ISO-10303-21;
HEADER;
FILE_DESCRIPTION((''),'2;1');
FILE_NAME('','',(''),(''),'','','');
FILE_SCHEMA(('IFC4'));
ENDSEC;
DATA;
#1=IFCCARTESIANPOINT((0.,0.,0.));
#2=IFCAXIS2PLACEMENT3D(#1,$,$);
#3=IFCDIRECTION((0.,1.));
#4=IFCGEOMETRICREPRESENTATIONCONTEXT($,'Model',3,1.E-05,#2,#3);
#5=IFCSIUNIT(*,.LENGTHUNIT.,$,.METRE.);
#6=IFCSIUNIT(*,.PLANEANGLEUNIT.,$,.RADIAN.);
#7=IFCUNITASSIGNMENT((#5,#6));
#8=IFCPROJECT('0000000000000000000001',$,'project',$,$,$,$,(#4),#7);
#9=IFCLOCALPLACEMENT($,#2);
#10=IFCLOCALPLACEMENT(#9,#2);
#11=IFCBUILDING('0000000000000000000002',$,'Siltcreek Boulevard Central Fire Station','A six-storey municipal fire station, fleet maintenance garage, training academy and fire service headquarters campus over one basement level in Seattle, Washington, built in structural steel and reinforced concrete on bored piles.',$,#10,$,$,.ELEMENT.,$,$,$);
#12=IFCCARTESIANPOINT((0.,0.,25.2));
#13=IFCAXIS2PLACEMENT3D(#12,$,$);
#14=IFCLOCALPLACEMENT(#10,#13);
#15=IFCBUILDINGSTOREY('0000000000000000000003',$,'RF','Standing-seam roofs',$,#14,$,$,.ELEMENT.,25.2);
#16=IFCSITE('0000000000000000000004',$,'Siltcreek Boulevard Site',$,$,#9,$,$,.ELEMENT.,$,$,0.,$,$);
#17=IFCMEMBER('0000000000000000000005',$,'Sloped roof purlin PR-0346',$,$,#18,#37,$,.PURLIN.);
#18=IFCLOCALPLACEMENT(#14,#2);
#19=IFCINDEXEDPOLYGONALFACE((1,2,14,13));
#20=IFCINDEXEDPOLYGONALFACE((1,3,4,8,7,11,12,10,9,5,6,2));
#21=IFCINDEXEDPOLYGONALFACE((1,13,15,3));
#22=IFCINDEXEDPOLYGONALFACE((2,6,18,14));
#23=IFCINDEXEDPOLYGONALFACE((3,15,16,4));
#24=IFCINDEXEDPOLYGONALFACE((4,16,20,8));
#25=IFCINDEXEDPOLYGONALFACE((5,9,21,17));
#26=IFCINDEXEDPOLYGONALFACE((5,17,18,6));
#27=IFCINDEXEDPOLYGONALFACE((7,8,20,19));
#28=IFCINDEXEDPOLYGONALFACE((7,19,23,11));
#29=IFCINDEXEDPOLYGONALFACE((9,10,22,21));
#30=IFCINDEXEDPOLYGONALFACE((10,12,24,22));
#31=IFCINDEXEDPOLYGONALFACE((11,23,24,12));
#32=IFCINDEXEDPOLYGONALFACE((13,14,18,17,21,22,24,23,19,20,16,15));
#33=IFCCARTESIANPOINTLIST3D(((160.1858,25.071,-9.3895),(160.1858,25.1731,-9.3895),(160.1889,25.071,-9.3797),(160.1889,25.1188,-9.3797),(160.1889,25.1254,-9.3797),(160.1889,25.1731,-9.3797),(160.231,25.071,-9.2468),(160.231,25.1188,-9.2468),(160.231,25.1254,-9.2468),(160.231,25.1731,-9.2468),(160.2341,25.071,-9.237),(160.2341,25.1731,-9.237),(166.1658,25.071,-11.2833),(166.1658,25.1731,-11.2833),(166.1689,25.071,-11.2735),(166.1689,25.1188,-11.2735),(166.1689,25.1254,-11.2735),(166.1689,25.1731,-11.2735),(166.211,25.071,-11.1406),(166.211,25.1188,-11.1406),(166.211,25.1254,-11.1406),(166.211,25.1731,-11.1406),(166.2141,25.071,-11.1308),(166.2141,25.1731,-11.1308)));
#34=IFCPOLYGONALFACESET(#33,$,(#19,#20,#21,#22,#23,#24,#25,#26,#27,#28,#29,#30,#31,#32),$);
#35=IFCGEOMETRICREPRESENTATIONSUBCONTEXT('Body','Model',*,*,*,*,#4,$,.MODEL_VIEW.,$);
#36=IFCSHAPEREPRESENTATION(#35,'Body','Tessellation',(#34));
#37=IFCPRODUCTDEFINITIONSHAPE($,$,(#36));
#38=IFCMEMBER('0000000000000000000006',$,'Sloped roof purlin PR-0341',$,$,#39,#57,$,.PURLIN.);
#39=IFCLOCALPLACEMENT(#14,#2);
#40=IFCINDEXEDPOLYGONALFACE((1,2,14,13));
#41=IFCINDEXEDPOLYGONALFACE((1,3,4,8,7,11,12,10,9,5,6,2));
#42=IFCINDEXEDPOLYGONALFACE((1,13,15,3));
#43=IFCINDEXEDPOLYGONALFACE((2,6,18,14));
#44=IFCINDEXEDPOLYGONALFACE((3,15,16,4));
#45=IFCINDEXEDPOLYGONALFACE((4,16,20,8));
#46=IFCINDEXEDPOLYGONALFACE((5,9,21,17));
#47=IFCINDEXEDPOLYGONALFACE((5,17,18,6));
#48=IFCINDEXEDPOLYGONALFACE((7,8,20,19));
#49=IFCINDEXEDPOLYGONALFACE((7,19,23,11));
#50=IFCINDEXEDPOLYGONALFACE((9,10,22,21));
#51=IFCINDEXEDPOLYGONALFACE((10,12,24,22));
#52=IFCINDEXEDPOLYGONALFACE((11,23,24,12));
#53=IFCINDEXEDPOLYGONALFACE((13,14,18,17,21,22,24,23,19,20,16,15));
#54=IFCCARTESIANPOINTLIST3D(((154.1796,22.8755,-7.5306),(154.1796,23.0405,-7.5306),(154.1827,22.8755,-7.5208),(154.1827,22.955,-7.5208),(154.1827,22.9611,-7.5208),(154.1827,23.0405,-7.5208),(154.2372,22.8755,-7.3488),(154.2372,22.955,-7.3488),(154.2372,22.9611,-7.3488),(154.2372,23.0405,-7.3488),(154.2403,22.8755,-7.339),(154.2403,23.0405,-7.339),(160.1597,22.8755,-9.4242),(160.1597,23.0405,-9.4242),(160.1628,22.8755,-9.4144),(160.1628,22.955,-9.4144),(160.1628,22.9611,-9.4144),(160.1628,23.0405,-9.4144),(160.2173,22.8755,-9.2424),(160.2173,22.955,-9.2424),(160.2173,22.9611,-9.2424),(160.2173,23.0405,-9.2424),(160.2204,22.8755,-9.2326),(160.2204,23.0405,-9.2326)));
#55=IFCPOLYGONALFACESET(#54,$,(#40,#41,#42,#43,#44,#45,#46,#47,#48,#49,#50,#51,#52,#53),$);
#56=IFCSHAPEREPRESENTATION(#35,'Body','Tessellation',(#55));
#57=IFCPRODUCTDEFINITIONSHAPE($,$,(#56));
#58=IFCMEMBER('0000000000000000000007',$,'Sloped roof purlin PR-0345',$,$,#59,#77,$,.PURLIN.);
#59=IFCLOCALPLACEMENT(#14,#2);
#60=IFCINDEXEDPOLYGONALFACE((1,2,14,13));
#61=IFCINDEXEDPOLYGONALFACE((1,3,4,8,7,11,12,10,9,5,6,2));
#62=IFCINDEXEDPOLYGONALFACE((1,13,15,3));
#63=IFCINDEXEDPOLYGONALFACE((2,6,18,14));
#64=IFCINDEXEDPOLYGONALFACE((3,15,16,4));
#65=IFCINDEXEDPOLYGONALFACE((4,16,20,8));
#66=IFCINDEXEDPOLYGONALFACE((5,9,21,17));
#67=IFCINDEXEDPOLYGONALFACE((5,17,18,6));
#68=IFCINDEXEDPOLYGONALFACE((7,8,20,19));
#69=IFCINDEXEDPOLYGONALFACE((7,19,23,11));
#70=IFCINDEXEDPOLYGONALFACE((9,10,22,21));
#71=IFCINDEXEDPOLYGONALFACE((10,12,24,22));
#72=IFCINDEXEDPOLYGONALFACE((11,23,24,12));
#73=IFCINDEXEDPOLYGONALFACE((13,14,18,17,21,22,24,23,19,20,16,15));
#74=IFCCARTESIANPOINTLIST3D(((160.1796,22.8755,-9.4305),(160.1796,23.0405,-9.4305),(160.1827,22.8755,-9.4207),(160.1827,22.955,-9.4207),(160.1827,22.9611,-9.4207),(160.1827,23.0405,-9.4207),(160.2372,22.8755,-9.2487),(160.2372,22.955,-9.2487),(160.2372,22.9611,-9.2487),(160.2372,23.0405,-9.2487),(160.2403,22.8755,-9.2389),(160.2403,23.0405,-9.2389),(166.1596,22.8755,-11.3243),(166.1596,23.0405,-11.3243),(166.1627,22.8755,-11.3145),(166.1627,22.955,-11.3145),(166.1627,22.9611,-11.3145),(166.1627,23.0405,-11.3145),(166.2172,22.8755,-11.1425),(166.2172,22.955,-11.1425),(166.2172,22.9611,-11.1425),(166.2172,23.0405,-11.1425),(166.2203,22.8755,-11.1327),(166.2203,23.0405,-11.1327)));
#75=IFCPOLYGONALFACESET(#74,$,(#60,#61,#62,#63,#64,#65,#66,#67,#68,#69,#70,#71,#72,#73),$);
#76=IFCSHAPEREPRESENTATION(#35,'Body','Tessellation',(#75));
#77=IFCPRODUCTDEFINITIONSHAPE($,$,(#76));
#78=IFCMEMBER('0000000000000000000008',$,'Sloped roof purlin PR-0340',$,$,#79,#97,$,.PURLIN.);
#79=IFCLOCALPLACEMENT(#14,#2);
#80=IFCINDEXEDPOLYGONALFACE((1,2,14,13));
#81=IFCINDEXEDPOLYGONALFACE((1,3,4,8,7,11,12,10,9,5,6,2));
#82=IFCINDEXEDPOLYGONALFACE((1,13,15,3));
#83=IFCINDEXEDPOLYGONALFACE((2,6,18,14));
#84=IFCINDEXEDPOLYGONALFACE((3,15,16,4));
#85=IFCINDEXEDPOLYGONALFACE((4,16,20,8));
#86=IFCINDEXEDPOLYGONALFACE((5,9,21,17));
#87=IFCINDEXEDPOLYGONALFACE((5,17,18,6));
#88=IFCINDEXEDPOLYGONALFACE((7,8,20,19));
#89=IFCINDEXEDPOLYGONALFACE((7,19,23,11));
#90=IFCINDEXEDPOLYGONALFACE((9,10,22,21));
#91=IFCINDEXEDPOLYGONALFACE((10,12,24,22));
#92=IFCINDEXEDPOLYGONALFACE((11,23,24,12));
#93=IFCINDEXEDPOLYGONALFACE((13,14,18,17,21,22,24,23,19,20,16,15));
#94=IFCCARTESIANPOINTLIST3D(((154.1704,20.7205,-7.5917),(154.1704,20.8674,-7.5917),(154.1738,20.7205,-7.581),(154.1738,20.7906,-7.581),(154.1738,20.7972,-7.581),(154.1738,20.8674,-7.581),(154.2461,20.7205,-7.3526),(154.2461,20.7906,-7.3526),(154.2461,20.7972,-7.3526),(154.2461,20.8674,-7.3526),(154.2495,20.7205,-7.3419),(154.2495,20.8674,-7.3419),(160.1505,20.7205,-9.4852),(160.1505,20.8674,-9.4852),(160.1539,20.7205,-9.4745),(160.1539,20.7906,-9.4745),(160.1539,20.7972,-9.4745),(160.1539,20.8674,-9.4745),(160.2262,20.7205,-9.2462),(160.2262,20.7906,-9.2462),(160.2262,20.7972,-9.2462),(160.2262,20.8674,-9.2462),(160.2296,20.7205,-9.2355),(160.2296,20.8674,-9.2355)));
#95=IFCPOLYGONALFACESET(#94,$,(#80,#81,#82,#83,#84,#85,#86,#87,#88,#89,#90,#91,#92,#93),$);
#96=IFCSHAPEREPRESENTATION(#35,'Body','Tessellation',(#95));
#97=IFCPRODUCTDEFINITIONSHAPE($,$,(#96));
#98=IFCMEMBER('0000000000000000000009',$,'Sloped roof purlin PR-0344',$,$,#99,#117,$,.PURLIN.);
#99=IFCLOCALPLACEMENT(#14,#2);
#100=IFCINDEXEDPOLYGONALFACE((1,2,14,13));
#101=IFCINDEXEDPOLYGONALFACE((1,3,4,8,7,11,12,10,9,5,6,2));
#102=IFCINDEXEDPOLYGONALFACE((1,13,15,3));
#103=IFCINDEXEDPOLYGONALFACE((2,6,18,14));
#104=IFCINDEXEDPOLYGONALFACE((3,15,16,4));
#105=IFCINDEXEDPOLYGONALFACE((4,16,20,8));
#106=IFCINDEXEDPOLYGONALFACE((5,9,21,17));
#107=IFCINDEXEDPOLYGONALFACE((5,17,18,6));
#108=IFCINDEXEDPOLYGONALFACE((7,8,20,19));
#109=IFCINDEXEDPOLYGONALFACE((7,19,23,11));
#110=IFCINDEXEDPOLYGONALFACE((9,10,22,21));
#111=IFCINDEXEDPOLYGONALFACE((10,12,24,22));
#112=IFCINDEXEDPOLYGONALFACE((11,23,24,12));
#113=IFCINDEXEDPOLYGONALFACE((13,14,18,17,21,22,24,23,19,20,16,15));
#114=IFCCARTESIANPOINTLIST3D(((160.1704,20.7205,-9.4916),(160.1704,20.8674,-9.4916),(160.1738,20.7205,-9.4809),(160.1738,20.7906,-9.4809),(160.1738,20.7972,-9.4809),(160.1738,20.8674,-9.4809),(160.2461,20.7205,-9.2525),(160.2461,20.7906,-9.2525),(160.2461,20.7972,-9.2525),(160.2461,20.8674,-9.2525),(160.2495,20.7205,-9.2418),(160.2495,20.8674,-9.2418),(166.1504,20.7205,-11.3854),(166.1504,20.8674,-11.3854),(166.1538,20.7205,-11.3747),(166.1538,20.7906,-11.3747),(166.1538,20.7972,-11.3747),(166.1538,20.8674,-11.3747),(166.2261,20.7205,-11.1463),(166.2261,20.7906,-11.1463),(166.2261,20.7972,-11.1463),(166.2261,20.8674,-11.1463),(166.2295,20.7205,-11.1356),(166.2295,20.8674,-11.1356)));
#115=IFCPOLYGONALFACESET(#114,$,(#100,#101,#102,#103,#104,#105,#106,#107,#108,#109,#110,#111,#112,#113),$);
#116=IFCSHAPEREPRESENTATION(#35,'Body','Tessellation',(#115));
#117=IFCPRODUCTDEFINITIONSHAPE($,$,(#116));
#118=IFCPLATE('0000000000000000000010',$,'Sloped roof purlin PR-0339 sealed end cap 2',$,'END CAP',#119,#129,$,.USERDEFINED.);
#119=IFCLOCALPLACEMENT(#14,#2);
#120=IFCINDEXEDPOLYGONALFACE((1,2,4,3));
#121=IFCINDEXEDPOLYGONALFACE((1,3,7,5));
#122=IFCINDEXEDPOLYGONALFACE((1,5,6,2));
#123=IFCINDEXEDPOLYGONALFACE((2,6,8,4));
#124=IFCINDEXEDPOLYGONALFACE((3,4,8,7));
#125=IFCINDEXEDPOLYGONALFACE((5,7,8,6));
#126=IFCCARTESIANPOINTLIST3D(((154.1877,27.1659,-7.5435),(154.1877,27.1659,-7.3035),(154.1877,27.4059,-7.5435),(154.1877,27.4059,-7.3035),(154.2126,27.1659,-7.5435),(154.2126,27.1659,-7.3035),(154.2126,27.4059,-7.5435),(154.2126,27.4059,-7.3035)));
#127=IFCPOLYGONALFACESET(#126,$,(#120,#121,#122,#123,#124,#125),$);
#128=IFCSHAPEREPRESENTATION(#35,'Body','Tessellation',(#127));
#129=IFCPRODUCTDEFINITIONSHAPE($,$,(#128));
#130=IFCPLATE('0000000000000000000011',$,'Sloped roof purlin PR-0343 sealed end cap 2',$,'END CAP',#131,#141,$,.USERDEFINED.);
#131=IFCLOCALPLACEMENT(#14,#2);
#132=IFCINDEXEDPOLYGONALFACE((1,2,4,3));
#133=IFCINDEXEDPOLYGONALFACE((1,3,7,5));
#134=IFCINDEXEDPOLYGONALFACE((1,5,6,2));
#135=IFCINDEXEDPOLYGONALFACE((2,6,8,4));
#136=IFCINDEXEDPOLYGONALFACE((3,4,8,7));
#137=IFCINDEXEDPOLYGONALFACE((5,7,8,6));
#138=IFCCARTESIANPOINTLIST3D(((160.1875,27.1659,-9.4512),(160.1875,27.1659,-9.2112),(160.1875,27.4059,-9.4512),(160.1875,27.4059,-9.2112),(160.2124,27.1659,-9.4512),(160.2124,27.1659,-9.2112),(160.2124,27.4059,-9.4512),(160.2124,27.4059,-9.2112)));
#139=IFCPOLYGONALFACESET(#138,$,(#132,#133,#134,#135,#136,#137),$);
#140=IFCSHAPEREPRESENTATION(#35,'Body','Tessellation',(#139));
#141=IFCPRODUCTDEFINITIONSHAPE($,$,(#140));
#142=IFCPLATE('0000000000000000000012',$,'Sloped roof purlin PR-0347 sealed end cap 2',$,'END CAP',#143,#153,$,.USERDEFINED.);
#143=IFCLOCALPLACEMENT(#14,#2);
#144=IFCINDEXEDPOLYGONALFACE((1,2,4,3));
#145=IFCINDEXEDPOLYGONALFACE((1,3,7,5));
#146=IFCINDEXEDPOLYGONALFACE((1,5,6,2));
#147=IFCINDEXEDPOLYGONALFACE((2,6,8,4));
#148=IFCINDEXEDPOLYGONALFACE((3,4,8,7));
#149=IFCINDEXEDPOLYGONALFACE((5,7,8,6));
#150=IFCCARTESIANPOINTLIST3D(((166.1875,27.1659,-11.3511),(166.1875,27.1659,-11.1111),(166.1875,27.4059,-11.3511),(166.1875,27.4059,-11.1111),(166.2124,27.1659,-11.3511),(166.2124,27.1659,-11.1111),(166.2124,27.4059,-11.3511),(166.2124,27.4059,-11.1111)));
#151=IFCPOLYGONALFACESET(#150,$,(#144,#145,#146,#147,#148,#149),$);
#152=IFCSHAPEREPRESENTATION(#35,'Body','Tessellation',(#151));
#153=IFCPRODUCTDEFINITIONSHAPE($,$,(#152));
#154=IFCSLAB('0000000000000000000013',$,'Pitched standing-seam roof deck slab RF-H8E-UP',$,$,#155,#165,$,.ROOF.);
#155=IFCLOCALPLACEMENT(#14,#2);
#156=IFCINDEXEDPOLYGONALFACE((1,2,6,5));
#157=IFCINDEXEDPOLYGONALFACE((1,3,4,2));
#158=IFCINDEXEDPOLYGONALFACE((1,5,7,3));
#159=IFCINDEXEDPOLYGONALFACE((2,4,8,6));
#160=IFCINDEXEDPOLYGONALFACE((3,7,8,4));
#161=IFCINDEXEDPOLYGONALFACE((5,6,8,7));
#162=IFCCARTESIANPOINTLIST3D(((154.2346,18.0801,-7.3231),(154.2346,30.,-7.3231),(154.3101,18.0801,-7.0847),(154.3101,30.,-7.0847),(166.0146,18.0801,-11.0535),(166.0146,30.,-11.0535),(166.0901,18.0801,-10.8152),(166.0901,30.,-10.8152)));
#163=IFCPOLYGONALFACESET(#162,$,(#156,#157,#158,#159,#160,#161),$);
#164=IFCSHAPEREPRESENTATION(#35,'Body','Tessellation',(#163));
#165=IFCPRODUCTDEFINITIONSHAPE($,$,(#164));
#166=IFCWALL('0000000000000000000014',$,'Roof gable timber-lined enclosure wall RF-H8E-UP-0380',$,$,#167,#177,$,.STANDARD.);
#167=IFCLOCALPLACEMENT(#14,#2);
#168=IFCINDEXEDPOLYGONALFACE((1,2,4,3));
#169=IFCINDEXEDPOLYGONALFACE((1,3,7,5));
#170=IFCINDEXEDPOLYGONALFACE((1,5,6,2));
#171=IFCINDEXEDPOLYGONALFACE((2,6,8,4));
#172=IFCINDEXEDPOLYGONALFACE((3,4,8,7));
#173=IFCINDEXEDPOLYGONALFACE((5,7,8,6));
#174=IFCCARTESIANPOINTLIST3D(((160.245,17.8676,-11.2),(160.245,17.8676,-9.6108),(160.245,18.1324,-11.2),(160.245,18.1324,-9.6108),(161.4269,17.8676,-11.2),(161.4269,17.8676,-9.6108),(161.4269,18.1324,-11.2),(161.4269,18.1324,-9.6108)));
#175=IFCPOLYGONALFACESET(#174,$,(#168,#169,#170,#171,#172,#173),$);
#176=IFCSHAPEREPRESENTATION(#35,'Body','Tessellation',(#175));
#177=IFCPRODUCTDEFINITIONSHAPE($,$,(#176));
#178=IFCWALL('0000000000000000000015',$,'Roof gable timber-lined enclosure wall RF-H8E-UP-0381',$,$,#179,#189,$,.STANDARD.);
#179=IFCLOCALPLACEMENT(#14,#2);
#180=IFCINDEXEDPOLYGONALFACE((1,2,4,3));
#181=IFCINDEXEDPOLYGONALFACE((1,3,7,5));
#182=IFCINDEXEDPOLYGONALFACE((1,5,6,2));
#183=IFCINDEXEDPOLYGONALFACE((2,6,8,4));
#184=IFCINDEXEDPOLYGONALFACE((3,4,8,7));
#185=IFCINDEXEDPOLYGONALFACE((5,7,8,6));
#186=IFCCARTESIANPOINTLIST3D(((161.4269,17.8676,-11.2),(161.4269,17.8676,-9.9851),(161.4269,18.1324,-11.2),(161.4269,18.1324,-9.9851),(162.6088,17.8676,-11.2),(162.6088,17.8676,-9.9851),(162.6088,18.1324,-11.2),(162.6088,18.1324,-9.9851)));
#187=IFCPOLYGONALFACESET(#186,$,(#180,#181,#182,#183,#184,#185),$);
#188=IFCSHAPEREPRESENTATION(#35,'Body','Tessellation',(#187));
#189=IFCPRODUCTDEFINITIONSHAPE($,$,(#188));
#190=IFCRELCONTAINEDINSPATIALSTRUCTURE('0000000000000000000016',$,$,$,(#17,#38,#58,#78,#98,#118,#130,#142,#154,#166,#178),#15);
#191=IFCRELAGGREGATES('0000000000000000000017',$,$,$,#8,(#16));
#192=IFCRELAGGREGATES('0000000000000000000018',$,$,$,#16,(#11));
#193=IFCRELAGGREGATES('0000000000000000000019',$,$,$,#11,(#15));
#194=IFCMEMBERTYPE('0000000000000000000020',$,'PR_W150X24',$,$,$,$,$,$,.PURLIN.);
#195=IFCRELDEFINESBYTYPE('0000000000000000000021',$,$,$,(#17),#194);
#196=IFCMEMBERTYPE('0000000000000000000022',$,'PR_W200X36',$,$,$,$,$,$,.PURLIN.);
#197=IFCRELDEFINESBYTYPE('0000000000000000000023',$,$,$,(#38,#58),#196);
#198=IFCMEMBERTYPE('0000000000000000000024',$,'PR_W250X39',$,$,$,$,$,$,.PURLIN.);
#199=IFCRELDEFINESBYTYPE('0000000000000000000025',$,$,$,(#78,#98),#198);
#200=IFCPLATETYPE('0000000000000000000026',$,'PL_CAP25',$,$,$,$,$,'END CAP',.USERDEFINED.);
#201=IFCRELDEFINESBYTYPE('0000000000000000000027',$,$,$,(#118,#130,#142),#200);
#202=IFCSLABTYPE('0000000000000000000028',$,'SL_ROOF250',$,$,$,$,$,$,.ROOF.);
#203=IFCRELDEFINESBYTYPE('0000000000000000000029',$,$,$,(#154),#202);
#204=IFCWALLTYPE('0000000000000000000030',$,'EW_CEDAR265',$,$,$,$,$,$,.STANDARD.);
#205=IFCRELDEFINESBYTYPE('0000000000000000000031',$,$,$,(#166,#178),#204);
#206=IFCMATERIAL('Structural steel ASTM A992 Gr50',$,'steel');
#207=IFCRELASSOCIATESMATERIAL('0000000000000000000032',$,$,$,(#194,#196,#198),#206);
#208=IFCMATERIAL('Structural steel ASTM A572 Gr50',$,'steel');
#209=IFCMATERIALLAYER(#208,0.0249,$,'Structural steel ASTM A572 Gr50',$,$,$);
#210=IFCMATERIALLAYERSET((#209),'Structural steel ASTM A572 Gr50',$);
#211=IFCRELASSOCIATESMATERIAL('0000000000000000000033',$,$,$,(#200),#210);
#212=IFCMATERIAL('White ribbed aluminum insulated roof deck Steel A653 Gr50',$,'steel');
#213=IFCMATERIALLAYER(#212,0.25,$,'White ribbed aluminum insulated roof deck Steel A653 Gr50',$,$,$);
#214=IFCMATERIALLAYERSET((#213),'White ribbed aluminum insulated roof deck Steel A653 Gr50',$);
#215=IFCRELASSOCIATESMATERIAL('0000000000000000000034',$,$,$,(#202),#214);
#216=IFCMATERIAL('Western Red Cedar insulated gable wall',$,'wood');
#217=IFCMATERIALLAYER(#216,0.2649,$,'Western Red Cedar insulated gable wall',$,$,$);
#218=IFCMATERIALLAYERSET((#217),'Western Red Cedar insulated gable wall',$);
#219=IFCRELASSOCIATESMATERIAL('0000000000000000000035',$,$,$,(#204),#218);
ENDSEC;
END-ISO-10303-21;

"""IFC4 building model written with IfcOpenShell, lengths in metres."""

from ifc_helpers import new_model, si_unit, direction, frame, frame_2d, origin, origin_2d, place, context, subcontext, project, spatial, polyline, rectangle, i_section, outline, extrude, material, layer, layer_set, material_profile, profile_set, type_object, element, save


model = new_model("IFC4")

# Units and contexts
model_context = context("Model", 3, precision=1e-05, world=origin(), true_north=direction((0.0, 1.0)))
body_context = subcontext(model_context, "Body", "Model", "MODEL_VIEW")
ifc_project = project(units=[si_unit("LENGTHUNIT", "METRE"), si_unit("PLANEANGLEUNIT", "RADIAN")], contexts=[model_context])

# Site, building, storey
site_placement = place(None, origin())
site = spatial("IfcSite", under=ifc_project, at=site_placement, Name="Siltcreek Boulevard Site", CompositionType="ELEMENT", RefElevation=0.0)
building_placement = place(site_placement, origin())
building = spatial("IfcBuilding", under=site, at=building_placement, Name="Siltcreek Boulevard Central Fire Station", Description="A six-storey municipal fire station, fleet maintenance garage, training academy and fire service headquarters campus over one basement level in Seattle, Washington, built in structural steel and reinforced concrete on bored piles.", CompositionType="ELEMENT")
storey_placement = place(building_placement, frame((0.0, 0.0, 25.2)))
storey = spatial("IfcBuildingStorey", under=building, at=storey_placement, Name="RF", Description="Standing-seam roofs", CompositionType="ELEMENT", Elevation=25.2)

# Shared definitions
ifc_material_1 = material(Name="Structural steel ASTM A992 Gr50", Category="steel")

# Members
ifc_material_profile_1 = material_profile(ifc_material_1, i_section(OverallWidth=0.1021, OverallDepth=0.1599, WebThickness=0.0066, FlangeThickness=0.0103, at=origin_2d()), Name="W150X24")
ifc_profile_set_1 = profile_set([ifc_material_profile_1], Name="Structural steel ASTM A992 Gr50")
member_type_1 = type_object("IfcMemberType", Name="PR_W150X24", PredefinedType="PURLIN", material=ifc_profile_set_1)
for number, where, z_axis, x_axis, name in (
    (1, (160.21, 25.1221, -9.3132), (0.953336, 0.0, -0.301912), (0.0, 1.0, 0.0), "Sloped roof purlin PR-0346"),
):
    element("IfcMember", number, at=place(storey_placement, frame(where, z_axis=z_axis, x_axis=x_axis)), inside=storey, type_object=member_type_1, Name=name, PredefinedType="PURLIN", context=body_context, shape_type="SweptSolid", body=[
        extrude(i_section(OverallWidth=0.1021, OverallDepth=0.1599, WebThickness=0.0066, FlangeThickness=0.0103, at=origin_2d()), origin(), (0.0, 0.0, 1.0), 6.2727),
    ])
ifc_material_profile_2 = material_profile(ifc_material_1, i_section(OverallWidth=0.165, OverallDepth=0.2009, WebThickness=0.0061, FlangeThickness=0.0103, at=origin_2d()), Name="W200X36")
ifc_profile_set_2 = profile_set([ifc_material_profile_2], Name="Structural steel ASTM A992 Gr50")
member_type_2 = type_object("IfcMemberType", Name="PR_W200X36", PredefinedType="PURLIN", material=ifc_profile_set_2)
for number, where, z_axis, x_axis, name in (
    (2, (154.21, 22.958, -7.4348), (0.953347, 0.0, -0.301876), (0.0, 1.0, 0.0), "Sloped roof purlin PR-0341"),
    (3, (160.21, 22.958, -9.3347), (0.953336, 0.0, -0.301912), (0.0, 1.0, 0.0), "Sloped roof purlin PR-0345"),
):
    element("IfcMember", number, at=place(storey_placement, frame(where, z_axis=z_axis, x_axis=x_axis)), inside=storey, type_object=member_type_2, Name=name, PredefinedType="PURLIN", context=body_context, shape_type="SweptSolid", body=[
        extrude(i_section(OverallWidth=0.165, OverallDepth=0.2009, WebThickness=0.0061, FlangeThickness=0.0103, at=origin_2d()), origin(), (0.0, 0.0, 1.0), 6.2727),
    ])
ifc_material_profile_3 = material_profile(ifc_material_1, i_section(OverallWidth=0.147, OverallDepth=0.262, WebThickness=0.0066, FlangeThickness=0.0112, at=origin_2d()), Name="W250X39")
ifc_profile_set_3 = profile_set([ifc_material_profile_3], Name="Structural steel ASTM A992 Gr50")
member_type_3 = type_object("IfcMemberType", Name="PR_W250X39", PredefinedType="PURLIN", material=ifc_profile_set_3)
for number, where, z_axis, x_axis, name in (
    (4, (154.21, 20.7939, -7.4668), (0.953347, 0.0, -0.301876), (0.0, 1.0, 0.0), "Sloped roof purlin PR-0340"),
    (5, (160.21, 20.7939, -9.3667), (0.953336, 0.0, -0.301912), (0.0, 1.0, 0.0), "Sloped roof purlin PR-0344"),
):
    element("IfcMember", number, at=place(storey_placement, frame(where, z_axis=z_axis, x_axis=x_axis)), inside=storey, type_object=member_type_3, Name=name, PredefinedType="PURLIN", context=body_context, shape_type="SweptSolid", body=[
        extrude(i_section(OverallWidth=0.147, OverallDepth=0.262, WebThickness=0.0066, FlangeThickness=0.0112, at=origin_2d()), origin(), (0.0, 0.0, 1.0), 6.2727),
    ])

# Plates
ifc_material_2 = material(Name="Structural steel ASTM A572 Gr50", Category="steel")
ifc_layer_1 = layer(ifc_material_2, 0.0249, Name="Structural steel ASTM A572 Gr50")
ifc_layer_set_1 = layer_set([ifc_layer_1], Name="Structural steel ASTM A572 Gr50")
plate_type = type_object("IfcPlateType", Name="PL_CAP25", ElementType="END CAP", PredefinedType="USERDEFINED", material=ifc_layer_set_1)
for number, where, z_axis, x_axis, name in (
    (6, (154.2002, 27.2859, -7.5435), (0.0, 0.0, 1.0), (1.0, 0.0, 0.0), "Sloped roof purlin PR-0339 sealed end cap 2"),
    (7, (160.2, 27.2859, -9.4512), (0.0, 0.0, 1.0), (1.0, 0.0, 0.0), "Sloped roof purlin PR-0343 sealed end cap 2"),
    (8, (166.2, 27.2859, -11.3511), (0.0, 0.0, 1.0), (1.0, 0.0, 0.0), "Sloped roof purlin PR-0347 sealed end cap 2"),
):
    element("IfcPlate", number, at=place(storey_placement, frame(where, z_axis=z_axis, x_axis=x_axis)), inside=storey, type_object=plate_type, Name=name, ObjectType="END CAP", PredefinedType="USERDEFINED", context=body_context, shape_type="SweptSolid", body=[
        extrude(rectangle(XDim=0.0249, YDim=0.24, at=origin_2d()), origin(), (0.0, 0.0, 1.0), 0.24),
    ])

# Slab
ifc_material_3 = material(Name="White ribbed aluminum insulated roof deck Steel A653 Gr50", Category="steel")
ifc_layer_2 = layer(ifc_material_3, 0.25, Name="White ribbed aluminum insulated roof deck Steel A653 Gr50")
ifc_layer_set_2 = layer_set([ifc_layer_2], Name="White ribbed aluminum insulated roof deck Steel A653 Gr50")
slab_type = type_object("IfcSlabType", Name="SL_ROOF250", PredefinedType="ROOF", material=ifc_layer_set_2)
slab_placement = place(storey_placement, frame((154.3101, 18.0801, -7.0847), z_axis=(0.301901, 0.0, 0.953339), x_axis=(0.953339, 0.0, -0.301901)))
element("IfcSlab", 9, at=slab_placement, inside=storey, type_object=slab_type, Name="Pitched standing-seam roof deck slab RF-H8E-UP", PredefinedType="ROOF", context=body_context, shape_type="SweptSolid", body=[
    extrude(outline(polyline([(0.0, 0.0), (12.3566, 0.0), (12.3566, 11.9199), (0.0, 11.9199), (0.0, 0.0)])), origin(), (0.0, 0.0, -1.0), 0.25),
])

# Walls
ifc_material_4 = material(Name="Western Red Cedar insulated gable wall", Category="wood")
ifc_layer_3 = layer(ifc_material_4, 0.2649, Name="Western Red Cedar insulated gable wall")
ifc_layer_set_3 = layer_set([ifc_layer_3], Name="Western Red Cedar insulated gable wall")
wall_type = type_object("IfcWallType", Name="EW_CEDAR265", PredefinedType="STANDARD", material=ifc_layer_set_3)
wall_1_placement = place(storey_placement, frame((160.2451, 18.0, -11.2), z_axis=(0.0, 0.0, 1.0), x_axis=(1.0, 0.0, 0.0)))
element("IfcWall", 10, at=wall_1_placement, inside=storey, type_object=wall_type, Name="Roof gable timber-lined enclosure wall RF-H8E-UP-0380", PredefinedType="STANDARD", context=body_context, shape_type="SweptSolid", body=[
    extrude(rectangle(XDim=1.1819, YDim=0.2649, at=frame_2d((0.5908, 0.0))), origin(), (0.0, 0.0, 1.0), 1.5891),
])
wall_2_placement = place(storey_placement, frame((161.427, 18.0, -11.2), z_axis=(0.0, 0.0, 1.0), x_axis=(1.0, 0.0, 0.0)))
element("IfcWall", 11, at=wall_2_placement, inside=storey, type_object=wall_type, Name="Roof gable timber-lined enclosure wall RF-H8E-UP-0381", PredefinedType="STANDARD", context=body_context, shape_type="SweptSolid", body=[
    extrude(rectangle(XDim=1.1819, YDim=0.2649, at=frame_2d((0.5908, 0.0))), origin(), (0.0, 0.0, 1.0), 1.2148),
])

save(model, "model.ifc")
